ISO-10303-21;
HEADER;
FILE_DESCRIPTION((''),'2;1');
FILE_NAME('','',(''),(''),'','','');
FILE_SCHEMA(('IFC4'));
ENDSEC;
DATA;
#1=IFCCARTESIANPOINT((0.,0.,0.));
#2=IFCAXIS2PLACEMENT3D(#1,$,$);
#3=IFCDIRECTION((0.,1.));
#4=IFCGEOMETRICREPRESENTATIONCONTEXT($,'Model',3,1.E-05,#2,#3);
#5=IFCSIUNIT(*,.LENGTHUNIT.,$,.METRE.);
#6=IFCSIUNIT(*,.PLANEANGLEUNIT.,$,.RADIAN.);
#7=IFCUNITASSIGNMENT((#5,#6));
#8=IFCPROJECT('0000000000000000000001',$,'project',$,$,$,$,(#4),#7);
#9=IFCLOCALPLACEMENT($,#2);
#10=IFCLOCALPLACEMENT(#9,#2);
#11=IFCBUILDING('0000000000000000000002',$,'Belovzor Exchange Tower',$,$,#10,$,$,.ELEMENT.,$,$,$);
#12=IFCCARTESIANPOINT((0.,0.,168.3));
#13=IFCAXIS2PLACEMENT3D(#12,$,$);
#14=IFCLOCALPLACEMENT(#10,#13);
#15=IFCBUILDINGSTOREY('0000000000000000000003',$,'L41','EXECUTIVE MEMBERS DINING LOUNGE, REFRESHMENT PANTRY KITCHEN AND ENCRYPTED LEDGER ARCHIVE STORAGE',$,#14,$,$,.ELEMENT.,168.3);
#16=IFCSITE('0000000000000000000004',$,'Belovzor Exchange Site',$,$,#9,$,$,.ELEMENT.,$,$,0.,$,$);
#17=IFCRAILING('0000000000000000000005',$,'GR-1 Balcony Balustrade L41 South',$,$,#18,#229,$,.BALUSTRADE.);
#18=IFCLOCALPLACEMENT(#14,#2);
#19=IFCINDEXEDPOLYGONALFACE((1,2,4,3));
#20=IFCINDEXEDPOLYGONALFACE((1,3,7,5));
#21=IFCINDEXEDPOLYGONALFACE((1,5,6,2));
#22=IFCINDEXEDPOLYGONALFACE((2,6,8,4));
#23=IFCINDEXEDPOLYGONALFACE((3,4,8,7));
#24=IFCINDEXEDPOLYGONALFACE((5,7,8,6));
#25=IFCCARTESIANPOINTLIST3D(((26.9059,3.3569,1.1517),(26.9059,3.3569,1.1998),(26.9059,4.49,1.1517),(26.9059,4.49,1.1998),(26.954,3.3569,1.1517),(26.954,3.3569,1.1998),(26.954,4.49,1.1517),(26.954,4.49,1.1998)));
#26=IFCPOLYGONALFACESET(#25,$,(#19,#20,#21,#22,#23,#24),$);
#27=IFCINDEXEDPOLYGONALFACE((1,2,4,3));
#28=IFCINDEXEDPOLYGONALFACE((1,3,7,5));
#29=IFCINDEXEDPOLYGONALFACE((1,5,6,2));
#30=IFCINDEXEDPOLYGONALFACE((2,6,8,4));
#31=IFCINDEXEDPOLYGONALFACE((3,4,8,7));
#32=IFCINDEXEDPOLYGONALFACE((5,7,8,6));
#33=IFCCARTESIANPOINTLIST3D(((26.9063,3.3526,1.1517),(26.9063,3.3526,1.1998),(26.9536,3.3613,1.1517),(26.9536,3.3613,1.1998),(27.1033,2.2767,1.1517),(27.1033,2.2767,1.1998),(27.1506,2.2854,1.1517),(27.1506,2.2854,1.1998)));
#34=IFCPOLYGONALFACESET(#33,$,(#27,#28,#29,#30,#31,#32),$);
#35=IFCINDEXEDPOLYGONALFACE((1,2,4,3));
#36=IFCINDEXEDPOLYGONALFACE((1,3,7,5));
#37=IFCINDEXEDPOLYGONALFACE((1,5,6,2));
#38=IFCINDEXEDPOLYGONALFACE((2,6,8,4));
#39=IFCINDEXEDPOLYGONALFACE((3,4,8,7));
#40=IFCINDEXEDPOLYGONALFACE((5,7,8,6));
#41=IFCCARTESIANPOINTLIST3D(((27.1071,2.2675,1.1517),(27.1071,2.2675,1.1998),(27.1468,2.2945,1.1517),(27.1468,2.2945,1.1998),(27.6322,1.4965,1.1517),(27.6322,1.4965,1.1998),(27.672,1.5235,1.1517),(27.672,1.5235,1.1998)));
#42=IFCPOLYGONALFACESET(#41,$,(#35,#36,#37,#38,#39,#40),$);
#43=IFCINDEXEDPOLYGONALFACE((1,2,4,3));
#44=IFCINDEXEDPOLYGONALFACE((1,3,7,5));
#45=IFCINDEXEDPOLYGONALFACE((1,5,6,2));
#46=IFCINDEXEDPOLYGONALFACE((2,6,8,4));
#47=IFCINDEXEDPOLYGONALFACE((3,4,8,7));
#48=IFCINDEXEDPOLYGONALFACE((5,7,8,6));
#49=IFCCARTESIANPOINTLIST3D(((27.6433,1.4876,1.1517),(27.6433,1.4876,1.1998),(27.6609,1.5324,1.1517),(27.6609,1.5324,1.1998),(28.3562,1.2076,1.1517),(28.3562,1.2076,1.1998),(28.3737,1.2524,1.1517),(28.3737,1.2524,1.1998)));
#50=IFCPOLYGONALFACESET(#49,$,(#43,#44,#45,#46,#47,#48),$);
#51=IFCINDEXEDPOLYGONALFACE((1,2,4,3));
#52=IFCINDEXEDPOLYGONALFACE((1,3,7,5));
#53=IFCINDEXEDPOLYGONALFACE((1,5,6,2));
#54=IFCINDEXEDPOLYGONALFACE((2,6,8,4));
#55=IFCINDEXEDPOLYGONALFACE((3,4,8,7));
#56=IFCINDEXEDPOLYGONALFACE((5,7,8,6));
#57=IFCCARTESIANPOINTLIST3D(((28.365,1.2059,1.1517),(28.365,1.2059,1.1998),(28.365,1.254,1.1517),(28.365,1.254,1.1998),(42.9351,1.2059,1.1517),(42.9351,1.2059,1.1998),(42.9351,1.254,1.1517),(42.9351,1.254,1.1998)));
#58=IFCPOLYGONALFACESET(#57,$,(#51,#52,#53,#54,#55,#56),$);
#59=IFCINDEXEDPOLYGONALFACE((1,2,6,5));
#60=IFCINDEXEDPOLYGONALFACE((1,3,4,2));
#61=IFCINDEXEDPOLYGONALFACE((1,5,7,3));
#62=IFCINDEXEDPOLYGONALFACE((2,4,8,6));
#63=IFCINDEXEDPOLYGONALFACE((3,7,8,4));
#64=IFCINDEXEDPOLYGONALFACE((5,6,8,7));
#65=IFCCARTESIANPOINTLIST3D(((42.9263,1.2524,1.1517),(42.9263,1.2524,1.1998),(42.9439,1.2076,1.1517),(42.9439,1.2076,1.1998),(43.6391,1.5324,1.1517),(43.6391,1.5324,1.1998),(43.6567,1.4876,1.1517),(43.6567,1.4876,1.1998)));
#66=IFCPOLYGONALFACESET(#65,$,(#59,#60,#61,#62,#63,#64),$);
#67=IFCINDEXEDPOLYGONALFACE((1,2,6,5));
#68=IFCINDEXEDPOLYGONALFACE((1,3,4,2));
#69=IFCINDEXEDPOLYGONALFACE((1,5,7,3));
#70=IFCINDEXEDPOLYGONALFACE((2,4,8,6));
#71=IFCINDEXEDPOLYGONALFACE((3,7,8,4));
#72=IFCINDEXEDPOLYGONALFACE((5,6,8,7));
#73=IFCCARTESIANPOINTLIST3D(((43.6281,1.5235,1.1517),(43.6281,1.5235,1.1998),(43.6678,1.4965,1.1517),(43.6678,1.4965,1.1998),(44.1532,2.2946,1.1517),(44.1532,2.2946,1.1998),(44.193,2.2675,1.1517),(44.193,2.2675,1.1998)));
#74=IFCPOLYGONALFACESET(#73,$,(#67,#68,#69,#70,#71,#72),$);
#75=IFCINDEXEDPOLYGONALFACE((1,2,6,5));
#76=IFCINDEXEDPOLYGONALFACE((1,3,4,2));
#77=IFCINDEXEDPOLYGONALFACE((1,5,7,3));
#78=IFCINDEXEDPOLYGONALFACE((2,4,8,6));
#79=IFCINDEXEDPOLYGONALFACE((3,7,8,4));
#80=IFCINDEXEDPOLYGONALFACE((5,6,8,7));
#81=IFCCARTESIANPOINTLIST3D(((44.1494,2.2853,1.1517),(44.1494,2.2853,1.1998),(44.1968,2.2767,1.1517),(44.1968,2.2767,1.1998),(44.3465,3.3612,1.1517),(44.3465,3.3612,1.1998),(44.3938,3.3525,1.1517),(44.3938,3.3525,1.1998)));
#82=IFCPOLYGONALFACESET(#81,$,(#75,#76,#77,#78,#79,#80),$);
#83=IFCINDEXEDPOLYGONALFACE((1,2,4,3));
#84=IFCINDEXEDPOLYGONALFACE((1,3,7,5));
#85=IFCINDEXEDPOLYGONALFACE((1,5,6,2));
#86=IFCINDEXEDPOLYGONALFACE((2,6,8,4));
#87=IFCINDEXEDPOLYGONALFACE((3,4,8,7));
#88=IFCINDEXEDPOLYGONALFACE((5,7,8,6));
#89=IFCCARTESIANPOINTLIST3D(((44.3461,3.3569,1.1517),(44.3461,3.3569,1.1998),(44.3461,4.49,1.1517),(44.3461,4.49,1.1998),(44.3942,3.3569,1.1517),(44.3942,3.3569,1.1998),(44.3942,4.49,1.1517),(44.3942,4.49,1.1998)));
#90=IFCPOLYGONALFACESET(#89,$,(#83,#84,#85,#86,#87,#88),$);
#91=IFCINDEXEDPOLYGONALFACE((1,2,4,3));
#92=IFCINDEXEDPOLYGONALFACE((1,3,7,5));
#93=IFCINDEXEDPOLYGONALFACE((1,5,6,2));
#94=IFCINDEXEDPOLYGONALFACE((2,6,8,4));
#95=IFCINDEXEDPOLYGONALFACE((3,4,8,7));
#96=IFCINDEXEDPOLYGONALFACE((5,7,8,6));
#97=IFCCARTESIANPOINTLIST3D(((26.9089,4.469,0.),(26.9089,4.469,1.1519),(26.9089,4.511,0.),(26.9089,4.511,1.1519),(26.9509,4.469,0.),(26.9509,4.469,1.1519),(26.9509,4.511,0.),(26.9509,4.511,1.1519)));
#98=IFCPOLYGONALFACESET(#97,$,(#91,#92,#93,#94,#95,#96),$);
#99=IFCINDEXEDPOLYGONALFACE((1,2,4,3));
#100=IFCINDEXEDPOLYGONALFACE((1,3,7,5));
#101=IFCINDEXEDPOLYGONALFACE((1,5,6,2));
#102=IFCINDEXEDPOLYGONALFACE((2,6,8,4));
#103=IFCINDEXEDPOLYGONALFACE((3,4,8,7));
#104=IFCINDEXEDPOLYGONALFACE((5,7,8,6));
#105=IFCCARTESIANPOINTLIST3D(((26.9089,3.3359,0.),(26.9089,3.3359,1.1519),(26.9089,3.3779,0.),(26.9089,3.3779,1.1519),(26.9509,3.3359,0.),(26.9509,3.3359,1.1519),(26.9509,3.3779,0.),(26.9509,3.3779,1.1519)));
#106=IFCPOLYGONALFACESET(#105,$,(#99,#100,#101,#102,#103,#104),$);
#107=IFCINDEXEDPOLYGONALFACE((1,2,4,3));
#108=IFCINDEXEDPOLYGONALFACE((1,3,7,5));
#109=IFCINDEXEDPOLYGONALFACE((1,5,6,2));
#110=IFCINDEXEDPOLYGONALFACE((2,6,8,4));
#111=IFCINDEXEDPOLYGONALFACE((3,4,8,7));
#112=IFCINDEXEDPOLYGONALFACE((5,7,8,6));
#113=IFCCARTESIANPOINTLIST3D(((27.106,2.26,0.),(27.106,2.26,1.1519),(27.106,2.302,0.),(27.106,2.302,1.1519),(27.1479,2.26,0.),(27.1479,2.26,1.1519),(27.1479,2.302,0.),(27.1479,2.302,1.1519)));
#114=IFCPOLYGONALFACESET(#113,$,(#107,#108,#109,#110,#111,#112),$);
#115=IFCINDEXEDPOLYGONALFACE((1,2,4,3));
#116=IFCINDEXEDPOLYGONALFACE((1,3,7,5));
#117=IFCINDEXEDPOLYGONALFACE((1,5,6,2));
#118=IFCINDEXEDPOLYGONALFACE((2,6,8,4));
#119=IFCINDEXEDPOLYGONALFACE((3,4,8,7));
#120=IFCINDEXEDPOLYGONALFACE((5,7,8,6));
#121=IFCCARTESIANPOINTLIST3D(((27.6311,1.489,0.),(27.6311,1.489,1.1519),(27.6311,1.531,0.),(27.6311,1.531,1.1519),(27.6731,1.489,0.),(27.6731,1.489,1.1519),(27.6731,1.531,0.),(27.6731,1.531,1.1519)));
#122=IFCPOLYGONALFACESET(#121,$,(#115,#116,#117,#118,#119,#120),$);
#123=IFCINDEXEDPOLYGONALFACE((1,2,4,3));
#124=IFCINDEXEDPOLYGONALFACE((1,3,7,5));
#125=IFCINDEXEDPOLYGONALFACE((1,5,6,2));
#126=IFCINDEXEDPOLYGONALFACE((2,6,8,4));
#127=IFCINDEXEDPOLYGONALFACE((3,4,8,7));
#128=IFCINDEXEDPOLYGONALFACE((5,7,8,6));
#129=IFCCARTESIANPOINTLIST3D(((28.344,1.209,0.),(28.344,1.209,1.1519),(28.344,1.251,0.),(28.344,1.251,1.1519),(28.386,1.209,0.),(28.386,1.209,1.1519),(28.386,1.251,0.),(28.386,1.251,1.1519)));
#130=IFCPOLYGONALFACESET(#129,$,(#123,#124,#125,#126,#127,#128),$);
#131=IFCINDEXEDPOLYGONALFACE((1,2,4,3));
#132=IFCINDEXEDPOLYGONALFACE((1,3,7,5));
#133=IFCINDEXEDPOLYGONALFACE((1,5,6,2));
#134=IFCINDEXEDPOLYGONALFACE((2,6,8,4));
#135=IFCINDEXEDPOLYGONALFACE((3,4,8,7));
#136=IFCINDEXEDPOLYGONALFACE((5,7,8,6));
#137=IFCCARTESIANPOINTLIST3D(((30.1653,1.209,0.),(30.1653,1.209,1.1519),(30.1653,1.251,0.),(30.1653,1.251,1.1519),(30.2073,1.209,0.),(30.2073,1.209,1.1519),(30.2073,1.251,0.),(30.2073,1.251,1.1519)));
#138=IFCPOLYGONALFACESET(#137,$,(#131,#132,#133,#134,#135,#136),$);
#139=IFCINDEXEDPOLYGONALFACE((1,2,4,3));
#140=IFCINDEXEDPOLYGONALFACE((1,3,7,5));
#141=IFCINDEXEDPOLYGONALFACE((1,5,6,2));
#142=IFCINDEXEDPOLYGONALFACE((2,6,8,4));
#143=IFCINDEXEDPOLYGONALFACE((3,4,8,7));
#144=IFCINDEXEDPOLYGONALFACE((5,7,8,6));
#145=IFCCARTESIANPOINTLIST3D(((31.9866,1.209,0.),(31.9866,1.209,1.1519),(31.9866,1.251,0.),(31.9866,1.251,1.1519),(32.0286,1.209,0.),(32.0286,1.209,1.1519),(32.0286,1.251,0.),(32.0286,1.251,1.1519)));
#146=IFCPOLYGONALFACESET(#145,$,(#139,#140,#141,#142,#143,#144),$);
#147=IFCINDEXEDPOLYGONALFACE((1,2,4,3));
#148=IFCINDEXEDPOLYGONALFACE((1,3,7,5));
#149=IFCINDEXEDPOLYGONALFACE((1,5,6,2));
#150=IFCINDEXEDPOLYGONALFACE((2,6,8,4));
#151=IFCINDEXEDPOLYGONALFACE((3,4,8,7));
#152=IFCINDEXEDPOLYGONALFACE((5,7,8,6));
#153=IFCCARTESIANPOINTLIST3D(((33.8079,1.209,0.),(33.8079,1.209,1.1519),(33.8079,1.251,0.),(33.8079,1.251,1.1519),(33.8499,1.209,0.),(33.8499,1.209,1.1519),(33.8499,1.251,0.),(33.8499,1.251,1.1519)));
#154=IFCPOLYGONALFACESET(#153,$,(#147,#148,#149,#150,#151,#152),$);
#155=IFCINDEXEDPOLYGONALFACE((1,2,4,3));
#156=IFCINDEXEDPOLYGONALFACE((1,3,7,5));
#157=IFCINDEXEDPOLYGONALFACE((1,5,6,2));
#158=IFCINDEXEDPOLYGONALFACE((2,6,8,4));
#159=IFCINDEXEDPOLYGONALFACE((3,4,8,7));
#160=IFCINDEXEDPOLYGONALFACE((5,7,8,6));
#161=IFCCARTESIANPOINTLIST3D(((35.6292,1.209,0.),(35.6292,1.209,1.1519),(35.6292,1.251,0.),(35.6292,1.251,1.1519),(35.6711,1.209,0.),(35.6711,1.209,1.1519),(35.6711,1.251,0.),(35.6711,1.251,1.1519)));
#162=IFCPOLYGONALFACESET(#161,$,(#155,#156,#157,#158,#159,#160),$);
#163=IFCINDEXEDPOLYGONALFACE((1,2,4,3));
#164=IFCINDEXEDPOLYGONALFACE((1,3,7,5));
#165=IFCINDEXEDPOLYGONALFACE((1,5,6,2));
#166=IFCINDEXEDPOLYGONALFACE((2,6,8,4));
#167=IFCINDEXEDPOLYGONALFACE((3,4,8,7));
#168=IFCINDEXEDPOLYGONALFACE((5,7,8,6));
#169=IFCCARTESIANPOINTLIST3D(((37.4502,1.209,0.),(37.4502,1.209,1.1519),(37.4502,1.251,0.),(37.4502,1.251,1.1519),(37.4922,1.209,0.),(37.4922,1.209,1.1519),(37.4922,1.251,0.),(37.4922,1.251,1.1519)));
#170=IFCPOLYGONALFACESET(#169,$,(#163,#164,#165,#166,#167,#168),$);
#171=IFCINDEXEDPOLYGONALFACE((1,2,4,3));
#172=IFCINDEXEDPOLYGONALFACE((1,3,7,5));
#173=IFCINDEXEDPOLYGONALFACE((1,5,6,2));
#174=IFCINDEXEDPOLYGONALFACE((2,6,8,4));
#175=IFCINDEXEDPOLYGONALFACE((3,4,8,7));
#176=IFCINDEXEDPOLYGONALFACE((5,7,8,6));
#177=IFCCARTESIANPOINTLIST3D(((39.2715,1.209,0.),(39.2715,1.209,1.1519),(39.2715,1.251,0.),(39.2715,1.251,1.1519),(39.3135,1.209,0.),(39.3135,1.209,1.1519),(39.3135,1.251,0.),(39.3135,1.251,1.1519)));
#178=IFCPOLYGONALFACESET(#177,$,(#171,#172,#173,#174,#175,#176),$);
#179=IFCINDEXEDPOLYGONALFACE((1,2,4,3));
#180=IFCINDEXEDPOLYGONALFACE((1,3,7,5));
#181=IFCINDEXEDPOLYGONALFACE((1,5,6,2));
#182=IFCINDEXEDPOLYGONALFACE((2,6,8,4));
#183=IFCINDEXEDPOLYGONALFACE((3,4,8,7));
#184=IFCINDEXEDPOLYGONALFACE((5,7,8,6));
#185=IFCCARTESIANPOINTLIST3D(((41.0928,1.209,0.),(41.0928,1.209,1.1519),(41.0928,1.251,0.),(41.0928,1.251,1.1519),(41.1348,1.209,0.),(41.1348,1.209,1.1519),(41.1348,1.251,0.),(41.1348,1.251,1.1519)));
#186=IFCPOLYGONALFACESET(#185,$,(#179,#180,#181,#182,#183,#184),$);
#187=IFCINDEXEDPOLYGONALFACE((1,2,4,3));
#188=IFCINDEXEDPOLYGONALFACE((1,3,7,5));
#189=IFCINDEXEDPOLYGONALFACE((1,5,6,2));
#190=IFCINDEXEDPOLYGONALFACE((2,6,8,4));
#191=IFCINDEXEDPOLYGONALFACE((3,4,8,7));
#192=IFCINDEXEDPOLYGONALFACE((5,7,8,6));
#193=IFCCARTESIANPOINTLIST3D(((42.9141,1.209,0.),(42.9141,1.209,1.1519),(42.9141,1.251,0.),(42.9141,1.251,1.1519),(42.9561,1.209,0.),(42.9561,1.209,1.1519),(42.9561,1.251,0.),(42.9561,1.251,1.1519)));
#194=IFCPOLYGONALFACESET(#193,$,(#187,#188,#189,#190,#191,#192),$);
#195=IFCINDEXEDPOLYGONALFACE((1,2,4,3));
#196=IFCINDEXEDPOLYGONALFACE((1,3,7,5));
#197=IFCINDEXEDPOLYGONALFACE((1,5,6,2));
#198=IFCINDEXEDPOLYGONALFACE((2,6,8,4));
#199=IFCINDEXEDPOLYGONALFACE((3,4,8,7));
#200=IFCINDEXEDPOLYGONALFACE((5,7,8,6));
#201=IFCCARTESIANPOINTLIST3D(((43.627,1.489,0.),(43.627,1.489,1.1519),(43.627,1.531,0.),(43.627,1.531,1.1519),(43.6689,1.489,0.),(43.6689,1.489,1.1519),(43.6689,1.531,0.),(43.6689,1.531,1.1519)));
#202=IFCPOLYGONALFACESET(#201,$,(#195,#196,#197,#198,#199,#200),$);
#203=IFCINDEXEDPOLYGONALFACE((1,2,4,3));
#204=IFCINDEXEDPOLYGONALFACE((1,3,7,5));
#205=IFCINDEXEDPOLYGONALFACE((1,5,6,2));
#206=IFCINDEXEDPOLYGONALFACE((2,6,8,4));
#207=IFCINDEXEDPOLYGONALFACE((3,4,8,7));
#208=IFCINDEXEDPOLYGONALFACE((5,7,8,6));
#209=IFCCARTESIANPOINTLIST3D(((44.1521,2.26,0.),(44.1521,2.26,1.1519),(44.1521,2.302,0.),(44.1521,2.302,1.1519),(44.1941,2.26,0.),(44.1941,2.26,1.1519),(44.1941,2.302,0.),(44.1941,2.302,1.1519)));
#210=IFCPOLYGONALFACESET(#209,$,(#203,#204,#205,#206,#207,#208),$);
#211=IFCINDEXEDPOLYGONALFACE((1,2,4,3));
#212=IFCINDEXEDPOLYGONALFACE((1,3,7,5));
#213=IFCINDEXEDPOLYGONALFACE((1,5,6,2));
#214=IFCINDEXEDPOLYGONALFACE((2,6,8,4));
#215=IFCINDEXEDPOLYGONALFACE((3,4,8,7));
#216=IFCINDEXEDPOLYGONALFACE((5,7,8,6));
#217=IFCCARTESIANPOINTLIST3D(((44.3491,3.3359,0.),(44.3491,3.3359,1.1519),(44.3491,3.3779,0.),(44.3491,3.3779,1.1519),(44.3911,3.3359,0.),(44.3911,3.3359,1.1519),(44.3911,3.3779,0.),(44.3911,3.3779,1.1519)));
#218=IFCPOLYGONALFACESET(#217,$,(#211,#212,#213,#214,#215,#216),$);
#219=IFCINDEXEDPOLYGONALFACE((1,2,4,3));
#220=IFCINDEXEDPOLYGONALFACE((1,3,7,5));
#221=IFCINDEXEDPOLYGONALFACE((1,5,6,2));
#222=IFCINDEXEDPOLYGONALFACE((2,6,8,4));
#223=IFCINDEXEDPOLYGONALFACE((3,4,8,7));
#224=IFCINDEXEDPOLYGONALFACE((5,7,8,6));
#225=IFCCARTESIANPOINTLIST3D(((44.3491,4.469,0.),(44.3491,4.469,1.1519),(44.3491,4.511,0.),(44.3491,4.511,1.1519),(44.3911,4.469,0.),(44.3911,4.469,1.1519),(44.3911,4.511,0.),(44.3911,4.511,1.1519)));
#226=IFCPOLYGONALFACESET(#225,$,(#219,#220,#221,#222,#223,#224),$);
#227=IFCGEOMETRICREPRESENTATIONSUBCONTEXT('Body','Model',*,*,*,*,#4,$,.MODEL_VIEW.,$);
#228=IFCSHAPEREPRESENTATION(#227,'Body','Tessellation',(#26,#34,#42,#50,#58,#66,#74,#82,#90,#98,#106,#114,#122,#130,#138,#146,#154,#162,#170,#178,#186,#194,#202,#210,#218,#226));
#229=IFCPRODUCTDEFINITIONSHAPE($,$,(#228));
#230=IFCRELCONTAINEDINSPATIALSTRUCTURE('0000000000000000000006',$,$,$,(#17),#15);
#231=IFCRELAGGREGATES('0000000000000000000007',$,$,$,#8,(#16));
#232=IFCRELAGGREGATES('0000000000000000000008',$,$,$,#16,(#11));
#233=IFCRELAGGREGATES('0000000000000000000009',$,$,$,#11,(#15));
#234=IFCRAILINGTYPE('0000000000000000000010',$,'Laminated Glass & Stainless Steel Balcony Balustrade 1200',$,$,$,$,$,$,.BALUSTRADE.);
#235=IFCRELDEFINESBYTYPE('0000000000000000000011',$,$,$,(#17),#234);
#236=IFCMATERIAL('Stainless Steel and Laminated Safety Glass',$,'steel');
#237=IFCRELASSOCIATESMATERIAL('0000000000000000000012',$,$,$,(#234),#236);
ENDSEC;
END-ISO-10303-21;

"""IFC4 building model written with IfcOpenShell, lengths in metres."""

from ifc_helpers import new_model, si_unit, direction, frame, origin, origin_2d, place, context, subcontext, project, spatial, rectangle, extrude, material, type_object, element, save


model = new_model("IFC4")

# Units and contexts
model_context = context("Model", 3, precision=1e-05, world=origin(), true_north=direction((0.0, 1.0)))
body_context = subcontext(model_context, "Body", "Model", "MODEL_VIEW")
ifc_project = project(units=[si_unit("LENGTHUNIT", "METRE"), si_unit("PLANEANGLEUNIT", "RADIAN")], contexts=[model_context])

# Site, building, storey
site_placement = place(None, origin())
site = spatial("IfcSite", under=ifc_project, at=site_placement, Name="Belovzor Exchange Site", CompositionType="ELEMENT", RefElevation=0.0)
building_placement = place(site_placement, origin())
building = spatial("IfcBuilding", under=site, at=building_placement, Name="Belovzor Exchange Tower", CompositionType="ELEMENT")
storey_placement = place(building_placement, frame((0.0, 0.0, 168.3)))
storey = spatial("IfcBuildingStorey", under=building, at=storey_placement, Name="L41", Description="EXECUTIVE MEMBERS DINING LOUNGE, REFRESHMENT PANTRY KITCHEN AND ENCRYPTED LEDGER ARCHIVE STORAGE", CompositionType="ELEMENT", Elevation=168.3)

# Railing
ifc_material_1 = material(Name="Stainless Steel and Laminated Safety Glass", Category="steel")
railing_type = type_object("IfcRailingType", Name="Laminated Glass & Stainless Steel Balcony Balustrade 1200", PredefinedType="BALUSTRADE", material=ifc_material_1)
railing_placement = place(storey_placement, frame((26.9299, 4.49, 0.0)))
element("IfcRailing", 1, at=railing_placement, inside=storey, type_object=railing_type, Name="GR-1 Balcony Balustrade L41 South", PredefinedType="BALUSTRADE", context=body_context, shape_type="SweptSolid", body=[
    extrude(rectangle(XDim=0.0481, YDim=0.0481, at=origin_2d()), frame((0.0, 0.0, 1.1758), z_axis=(0.0, -1.0, 0.0), x_axis=(1.0, 0.0, 0.0)), (0.0, 0.0, 1.0), 1.1331),
    extrude(rectangle(XDim=0.0481, YDim=0.0481, at=origin_2d()), frame((0.0, -1.1331, 1.1758), z_axis=(0.180123, -0.983644, 0.0), x_axis=(0.983644, 0.180123, 0.0)), (0.0, 0.0, 1.0), 1.0938),
    extrude(rectangle(XDim=0.0481, YDim=0.0481, at=origin_2d()), frame((0.197, -2.209, 1.1758), z_axis=(0.562947, -0.826493, 0.0), x_axis=(0.826493, 0.562947, 0.0)), (0.0, 0.0, 1.0), 0.9329),
    extrude(rectangle(XDim=0.0481, YDim=0.0481, at=origin_2d()), frame((0.7222, -2.98, 1.1758), z_axis=(0.930767, -0.365613, 0.0), x_axis=(0.365613, 0.930767, 0.0)), (0.0, 0.0, 1.0), 0.7659),
    extrude(rectangle(XDim=0.0481, YDim=0.0481, at=origin_2d()), frame((1.4351, -3.26, 1.1758), z_axis=(1.0, 0.0, 0.0), x_axis=(0.0, 1.0, 0.0)), (0.0, 0.0, 1.0), 14.5701),
    extrude(rectangle(XDim=0.0481, YDim=0.0481, at=origin_2d()), frame((16.0051, -3.26, 1.1758), z_axis=(0.930767, 0.365613, 0.0), x_axis=(-0.365613, 0.930767, 0.0)), (0.0, 0.0, 1.0), 0.7659),
    extrude(rectangle(XDim=0.0481, YDim=0.0481, at=origin_2d()), frame((16.718, -2.98, 1.1758), z_axis=(0.562947, 0.826493, 0.0), x_axis=(-0.826493, 0.562947, 0.0)), (0.0, 0.0, 1.0), 0.9329),
    extrude(rectangle(XDim=0.0481, YDim=0.0481, at=origin_2d()), frame((17.2432, -2.209, 1.1758), z_axis=(0.180123, 0.983644, 0.0), x_axis=(-0.983644, 0.180123, 0.0)), (0.0, 0.0, 1.0), 1.0938),
    extrude(rectangle(XDim=0.0481, YDim=0.0481, at=origin_2d()), frame((17.4402, -1.1331, 1.1758), z_axis=(0.0, 1.0, 0.0), x_axis=(-1.0, 0.0, 0.0)), (0.0, 0.0, 1.0), 1.1331),
    extrude(rectangle(XDim=0.042, YDim=0.042, at=origin_2d()), origin(), (0.0, 0.0, 1.0), 1.1519),
    extrude(rectangle(XDim=0.042, YDim=0.042, at=origin_2d()), frame((0.0, -1.1331, 0.0)), (0.0, 0.0, 1.0), 1.1519),
    extrude(rectangle(XDim=0.042, YDim=0.042, at=origin_2d()), frame((0.197, -2.209, 0.0)), (0.0, 0.0, 1.0), 1.1519),
    extrude(rectangle(XDim=0.042, YDim=0.042, at=origin_2d()), frame((0.7222, -2.98, 0.0)), (0.0, 0.0, 1.0), 1.1519),
    extrude(rectangle(XDim=0.042, YDim=0.042, at=origin_2d()), frame((1.4351, -3.26, 0.0)), (0.0, 0.0, 1.0), 1.1519),
    extrude(rectangle(XDim=0.042, YDim=0.042, at=origin_2d()), frame((3.2563, -3.26, 0.0)), (0.0, 0.0, 1.0), 1.1519),
    extrude(rectangle(XDim=0.042, YDim=0.042, at=origin_2d()), frame((5.0776, -3.26, 0.0)), (0.0, 0.0, 1.0), 1.1519),
    extrude(rectangle(XDim=0.042, YDim=0.042, at=origin_2d()), frame((6.8989, -3.26, 0.0)), (0.0, 0.0, 1.0), 1.1519),
    extrude(rectangle(XDim=0.042, YDim=0.042, at=origin_2d()), frame((8.7202, -3.26, 0.0)), (0.0, 0.0, 1.0), 1.1519),
    extrude(rectangle(XDim=0.042, YDim=0.042, at=origin_2d()), frame((10.5413, -3.26, 0.0)), (0.0, 0.0, 1.0), 1.1519),
    extrude(rectangle(XDim=0.042, YDim=0.042, at=origin_2d()), frame((12.3625, -3.26, 0.0)), (0.0, 0.0, 1.0), 1.1519),
    extrude(rectangle(XDim=0.042, YDim=0.042, at=origin_2d()), frame((14.1838, -3.26, 0.0)), (0.0, 0.0, 1.0), 1.1519),
    extrude(rectangle(XDim=0.042, YDim=0.042, at=origin_2d()), frame((16.0051, -3.26, 0.0)), (0.0, 0.0, 1.0), 1.1519),
    extrude(rectangle(XDim=0.042, YDim=0.042, at=origin_2d()), frame((16.718, -2.98, 0.0)), (0.0, 0.0, 1.0), 1.1519),
    extrude(rectangle(XDim=0.042, YDim=0.042, at=origin_2d()), frame((17.2432, -2.209, 0.0)), (0.0, 0.0, 1.0), 1.1519),
    extrude(rectangle(XDim=0.042, YDim=0.042, at=origin_2d()), frame((17.4402, -1.1331, 0.0)), (0.0, 0.0, 1.0), 1.1519),
    extrude(rectangle(XDim=0.042, YDim=0.042, at=origin_2d()), frame((17.4402, 0.0, 0.0)), (0.0, 0.0, 1.0), 1.1519),
])

save(model, "model.ifc")
